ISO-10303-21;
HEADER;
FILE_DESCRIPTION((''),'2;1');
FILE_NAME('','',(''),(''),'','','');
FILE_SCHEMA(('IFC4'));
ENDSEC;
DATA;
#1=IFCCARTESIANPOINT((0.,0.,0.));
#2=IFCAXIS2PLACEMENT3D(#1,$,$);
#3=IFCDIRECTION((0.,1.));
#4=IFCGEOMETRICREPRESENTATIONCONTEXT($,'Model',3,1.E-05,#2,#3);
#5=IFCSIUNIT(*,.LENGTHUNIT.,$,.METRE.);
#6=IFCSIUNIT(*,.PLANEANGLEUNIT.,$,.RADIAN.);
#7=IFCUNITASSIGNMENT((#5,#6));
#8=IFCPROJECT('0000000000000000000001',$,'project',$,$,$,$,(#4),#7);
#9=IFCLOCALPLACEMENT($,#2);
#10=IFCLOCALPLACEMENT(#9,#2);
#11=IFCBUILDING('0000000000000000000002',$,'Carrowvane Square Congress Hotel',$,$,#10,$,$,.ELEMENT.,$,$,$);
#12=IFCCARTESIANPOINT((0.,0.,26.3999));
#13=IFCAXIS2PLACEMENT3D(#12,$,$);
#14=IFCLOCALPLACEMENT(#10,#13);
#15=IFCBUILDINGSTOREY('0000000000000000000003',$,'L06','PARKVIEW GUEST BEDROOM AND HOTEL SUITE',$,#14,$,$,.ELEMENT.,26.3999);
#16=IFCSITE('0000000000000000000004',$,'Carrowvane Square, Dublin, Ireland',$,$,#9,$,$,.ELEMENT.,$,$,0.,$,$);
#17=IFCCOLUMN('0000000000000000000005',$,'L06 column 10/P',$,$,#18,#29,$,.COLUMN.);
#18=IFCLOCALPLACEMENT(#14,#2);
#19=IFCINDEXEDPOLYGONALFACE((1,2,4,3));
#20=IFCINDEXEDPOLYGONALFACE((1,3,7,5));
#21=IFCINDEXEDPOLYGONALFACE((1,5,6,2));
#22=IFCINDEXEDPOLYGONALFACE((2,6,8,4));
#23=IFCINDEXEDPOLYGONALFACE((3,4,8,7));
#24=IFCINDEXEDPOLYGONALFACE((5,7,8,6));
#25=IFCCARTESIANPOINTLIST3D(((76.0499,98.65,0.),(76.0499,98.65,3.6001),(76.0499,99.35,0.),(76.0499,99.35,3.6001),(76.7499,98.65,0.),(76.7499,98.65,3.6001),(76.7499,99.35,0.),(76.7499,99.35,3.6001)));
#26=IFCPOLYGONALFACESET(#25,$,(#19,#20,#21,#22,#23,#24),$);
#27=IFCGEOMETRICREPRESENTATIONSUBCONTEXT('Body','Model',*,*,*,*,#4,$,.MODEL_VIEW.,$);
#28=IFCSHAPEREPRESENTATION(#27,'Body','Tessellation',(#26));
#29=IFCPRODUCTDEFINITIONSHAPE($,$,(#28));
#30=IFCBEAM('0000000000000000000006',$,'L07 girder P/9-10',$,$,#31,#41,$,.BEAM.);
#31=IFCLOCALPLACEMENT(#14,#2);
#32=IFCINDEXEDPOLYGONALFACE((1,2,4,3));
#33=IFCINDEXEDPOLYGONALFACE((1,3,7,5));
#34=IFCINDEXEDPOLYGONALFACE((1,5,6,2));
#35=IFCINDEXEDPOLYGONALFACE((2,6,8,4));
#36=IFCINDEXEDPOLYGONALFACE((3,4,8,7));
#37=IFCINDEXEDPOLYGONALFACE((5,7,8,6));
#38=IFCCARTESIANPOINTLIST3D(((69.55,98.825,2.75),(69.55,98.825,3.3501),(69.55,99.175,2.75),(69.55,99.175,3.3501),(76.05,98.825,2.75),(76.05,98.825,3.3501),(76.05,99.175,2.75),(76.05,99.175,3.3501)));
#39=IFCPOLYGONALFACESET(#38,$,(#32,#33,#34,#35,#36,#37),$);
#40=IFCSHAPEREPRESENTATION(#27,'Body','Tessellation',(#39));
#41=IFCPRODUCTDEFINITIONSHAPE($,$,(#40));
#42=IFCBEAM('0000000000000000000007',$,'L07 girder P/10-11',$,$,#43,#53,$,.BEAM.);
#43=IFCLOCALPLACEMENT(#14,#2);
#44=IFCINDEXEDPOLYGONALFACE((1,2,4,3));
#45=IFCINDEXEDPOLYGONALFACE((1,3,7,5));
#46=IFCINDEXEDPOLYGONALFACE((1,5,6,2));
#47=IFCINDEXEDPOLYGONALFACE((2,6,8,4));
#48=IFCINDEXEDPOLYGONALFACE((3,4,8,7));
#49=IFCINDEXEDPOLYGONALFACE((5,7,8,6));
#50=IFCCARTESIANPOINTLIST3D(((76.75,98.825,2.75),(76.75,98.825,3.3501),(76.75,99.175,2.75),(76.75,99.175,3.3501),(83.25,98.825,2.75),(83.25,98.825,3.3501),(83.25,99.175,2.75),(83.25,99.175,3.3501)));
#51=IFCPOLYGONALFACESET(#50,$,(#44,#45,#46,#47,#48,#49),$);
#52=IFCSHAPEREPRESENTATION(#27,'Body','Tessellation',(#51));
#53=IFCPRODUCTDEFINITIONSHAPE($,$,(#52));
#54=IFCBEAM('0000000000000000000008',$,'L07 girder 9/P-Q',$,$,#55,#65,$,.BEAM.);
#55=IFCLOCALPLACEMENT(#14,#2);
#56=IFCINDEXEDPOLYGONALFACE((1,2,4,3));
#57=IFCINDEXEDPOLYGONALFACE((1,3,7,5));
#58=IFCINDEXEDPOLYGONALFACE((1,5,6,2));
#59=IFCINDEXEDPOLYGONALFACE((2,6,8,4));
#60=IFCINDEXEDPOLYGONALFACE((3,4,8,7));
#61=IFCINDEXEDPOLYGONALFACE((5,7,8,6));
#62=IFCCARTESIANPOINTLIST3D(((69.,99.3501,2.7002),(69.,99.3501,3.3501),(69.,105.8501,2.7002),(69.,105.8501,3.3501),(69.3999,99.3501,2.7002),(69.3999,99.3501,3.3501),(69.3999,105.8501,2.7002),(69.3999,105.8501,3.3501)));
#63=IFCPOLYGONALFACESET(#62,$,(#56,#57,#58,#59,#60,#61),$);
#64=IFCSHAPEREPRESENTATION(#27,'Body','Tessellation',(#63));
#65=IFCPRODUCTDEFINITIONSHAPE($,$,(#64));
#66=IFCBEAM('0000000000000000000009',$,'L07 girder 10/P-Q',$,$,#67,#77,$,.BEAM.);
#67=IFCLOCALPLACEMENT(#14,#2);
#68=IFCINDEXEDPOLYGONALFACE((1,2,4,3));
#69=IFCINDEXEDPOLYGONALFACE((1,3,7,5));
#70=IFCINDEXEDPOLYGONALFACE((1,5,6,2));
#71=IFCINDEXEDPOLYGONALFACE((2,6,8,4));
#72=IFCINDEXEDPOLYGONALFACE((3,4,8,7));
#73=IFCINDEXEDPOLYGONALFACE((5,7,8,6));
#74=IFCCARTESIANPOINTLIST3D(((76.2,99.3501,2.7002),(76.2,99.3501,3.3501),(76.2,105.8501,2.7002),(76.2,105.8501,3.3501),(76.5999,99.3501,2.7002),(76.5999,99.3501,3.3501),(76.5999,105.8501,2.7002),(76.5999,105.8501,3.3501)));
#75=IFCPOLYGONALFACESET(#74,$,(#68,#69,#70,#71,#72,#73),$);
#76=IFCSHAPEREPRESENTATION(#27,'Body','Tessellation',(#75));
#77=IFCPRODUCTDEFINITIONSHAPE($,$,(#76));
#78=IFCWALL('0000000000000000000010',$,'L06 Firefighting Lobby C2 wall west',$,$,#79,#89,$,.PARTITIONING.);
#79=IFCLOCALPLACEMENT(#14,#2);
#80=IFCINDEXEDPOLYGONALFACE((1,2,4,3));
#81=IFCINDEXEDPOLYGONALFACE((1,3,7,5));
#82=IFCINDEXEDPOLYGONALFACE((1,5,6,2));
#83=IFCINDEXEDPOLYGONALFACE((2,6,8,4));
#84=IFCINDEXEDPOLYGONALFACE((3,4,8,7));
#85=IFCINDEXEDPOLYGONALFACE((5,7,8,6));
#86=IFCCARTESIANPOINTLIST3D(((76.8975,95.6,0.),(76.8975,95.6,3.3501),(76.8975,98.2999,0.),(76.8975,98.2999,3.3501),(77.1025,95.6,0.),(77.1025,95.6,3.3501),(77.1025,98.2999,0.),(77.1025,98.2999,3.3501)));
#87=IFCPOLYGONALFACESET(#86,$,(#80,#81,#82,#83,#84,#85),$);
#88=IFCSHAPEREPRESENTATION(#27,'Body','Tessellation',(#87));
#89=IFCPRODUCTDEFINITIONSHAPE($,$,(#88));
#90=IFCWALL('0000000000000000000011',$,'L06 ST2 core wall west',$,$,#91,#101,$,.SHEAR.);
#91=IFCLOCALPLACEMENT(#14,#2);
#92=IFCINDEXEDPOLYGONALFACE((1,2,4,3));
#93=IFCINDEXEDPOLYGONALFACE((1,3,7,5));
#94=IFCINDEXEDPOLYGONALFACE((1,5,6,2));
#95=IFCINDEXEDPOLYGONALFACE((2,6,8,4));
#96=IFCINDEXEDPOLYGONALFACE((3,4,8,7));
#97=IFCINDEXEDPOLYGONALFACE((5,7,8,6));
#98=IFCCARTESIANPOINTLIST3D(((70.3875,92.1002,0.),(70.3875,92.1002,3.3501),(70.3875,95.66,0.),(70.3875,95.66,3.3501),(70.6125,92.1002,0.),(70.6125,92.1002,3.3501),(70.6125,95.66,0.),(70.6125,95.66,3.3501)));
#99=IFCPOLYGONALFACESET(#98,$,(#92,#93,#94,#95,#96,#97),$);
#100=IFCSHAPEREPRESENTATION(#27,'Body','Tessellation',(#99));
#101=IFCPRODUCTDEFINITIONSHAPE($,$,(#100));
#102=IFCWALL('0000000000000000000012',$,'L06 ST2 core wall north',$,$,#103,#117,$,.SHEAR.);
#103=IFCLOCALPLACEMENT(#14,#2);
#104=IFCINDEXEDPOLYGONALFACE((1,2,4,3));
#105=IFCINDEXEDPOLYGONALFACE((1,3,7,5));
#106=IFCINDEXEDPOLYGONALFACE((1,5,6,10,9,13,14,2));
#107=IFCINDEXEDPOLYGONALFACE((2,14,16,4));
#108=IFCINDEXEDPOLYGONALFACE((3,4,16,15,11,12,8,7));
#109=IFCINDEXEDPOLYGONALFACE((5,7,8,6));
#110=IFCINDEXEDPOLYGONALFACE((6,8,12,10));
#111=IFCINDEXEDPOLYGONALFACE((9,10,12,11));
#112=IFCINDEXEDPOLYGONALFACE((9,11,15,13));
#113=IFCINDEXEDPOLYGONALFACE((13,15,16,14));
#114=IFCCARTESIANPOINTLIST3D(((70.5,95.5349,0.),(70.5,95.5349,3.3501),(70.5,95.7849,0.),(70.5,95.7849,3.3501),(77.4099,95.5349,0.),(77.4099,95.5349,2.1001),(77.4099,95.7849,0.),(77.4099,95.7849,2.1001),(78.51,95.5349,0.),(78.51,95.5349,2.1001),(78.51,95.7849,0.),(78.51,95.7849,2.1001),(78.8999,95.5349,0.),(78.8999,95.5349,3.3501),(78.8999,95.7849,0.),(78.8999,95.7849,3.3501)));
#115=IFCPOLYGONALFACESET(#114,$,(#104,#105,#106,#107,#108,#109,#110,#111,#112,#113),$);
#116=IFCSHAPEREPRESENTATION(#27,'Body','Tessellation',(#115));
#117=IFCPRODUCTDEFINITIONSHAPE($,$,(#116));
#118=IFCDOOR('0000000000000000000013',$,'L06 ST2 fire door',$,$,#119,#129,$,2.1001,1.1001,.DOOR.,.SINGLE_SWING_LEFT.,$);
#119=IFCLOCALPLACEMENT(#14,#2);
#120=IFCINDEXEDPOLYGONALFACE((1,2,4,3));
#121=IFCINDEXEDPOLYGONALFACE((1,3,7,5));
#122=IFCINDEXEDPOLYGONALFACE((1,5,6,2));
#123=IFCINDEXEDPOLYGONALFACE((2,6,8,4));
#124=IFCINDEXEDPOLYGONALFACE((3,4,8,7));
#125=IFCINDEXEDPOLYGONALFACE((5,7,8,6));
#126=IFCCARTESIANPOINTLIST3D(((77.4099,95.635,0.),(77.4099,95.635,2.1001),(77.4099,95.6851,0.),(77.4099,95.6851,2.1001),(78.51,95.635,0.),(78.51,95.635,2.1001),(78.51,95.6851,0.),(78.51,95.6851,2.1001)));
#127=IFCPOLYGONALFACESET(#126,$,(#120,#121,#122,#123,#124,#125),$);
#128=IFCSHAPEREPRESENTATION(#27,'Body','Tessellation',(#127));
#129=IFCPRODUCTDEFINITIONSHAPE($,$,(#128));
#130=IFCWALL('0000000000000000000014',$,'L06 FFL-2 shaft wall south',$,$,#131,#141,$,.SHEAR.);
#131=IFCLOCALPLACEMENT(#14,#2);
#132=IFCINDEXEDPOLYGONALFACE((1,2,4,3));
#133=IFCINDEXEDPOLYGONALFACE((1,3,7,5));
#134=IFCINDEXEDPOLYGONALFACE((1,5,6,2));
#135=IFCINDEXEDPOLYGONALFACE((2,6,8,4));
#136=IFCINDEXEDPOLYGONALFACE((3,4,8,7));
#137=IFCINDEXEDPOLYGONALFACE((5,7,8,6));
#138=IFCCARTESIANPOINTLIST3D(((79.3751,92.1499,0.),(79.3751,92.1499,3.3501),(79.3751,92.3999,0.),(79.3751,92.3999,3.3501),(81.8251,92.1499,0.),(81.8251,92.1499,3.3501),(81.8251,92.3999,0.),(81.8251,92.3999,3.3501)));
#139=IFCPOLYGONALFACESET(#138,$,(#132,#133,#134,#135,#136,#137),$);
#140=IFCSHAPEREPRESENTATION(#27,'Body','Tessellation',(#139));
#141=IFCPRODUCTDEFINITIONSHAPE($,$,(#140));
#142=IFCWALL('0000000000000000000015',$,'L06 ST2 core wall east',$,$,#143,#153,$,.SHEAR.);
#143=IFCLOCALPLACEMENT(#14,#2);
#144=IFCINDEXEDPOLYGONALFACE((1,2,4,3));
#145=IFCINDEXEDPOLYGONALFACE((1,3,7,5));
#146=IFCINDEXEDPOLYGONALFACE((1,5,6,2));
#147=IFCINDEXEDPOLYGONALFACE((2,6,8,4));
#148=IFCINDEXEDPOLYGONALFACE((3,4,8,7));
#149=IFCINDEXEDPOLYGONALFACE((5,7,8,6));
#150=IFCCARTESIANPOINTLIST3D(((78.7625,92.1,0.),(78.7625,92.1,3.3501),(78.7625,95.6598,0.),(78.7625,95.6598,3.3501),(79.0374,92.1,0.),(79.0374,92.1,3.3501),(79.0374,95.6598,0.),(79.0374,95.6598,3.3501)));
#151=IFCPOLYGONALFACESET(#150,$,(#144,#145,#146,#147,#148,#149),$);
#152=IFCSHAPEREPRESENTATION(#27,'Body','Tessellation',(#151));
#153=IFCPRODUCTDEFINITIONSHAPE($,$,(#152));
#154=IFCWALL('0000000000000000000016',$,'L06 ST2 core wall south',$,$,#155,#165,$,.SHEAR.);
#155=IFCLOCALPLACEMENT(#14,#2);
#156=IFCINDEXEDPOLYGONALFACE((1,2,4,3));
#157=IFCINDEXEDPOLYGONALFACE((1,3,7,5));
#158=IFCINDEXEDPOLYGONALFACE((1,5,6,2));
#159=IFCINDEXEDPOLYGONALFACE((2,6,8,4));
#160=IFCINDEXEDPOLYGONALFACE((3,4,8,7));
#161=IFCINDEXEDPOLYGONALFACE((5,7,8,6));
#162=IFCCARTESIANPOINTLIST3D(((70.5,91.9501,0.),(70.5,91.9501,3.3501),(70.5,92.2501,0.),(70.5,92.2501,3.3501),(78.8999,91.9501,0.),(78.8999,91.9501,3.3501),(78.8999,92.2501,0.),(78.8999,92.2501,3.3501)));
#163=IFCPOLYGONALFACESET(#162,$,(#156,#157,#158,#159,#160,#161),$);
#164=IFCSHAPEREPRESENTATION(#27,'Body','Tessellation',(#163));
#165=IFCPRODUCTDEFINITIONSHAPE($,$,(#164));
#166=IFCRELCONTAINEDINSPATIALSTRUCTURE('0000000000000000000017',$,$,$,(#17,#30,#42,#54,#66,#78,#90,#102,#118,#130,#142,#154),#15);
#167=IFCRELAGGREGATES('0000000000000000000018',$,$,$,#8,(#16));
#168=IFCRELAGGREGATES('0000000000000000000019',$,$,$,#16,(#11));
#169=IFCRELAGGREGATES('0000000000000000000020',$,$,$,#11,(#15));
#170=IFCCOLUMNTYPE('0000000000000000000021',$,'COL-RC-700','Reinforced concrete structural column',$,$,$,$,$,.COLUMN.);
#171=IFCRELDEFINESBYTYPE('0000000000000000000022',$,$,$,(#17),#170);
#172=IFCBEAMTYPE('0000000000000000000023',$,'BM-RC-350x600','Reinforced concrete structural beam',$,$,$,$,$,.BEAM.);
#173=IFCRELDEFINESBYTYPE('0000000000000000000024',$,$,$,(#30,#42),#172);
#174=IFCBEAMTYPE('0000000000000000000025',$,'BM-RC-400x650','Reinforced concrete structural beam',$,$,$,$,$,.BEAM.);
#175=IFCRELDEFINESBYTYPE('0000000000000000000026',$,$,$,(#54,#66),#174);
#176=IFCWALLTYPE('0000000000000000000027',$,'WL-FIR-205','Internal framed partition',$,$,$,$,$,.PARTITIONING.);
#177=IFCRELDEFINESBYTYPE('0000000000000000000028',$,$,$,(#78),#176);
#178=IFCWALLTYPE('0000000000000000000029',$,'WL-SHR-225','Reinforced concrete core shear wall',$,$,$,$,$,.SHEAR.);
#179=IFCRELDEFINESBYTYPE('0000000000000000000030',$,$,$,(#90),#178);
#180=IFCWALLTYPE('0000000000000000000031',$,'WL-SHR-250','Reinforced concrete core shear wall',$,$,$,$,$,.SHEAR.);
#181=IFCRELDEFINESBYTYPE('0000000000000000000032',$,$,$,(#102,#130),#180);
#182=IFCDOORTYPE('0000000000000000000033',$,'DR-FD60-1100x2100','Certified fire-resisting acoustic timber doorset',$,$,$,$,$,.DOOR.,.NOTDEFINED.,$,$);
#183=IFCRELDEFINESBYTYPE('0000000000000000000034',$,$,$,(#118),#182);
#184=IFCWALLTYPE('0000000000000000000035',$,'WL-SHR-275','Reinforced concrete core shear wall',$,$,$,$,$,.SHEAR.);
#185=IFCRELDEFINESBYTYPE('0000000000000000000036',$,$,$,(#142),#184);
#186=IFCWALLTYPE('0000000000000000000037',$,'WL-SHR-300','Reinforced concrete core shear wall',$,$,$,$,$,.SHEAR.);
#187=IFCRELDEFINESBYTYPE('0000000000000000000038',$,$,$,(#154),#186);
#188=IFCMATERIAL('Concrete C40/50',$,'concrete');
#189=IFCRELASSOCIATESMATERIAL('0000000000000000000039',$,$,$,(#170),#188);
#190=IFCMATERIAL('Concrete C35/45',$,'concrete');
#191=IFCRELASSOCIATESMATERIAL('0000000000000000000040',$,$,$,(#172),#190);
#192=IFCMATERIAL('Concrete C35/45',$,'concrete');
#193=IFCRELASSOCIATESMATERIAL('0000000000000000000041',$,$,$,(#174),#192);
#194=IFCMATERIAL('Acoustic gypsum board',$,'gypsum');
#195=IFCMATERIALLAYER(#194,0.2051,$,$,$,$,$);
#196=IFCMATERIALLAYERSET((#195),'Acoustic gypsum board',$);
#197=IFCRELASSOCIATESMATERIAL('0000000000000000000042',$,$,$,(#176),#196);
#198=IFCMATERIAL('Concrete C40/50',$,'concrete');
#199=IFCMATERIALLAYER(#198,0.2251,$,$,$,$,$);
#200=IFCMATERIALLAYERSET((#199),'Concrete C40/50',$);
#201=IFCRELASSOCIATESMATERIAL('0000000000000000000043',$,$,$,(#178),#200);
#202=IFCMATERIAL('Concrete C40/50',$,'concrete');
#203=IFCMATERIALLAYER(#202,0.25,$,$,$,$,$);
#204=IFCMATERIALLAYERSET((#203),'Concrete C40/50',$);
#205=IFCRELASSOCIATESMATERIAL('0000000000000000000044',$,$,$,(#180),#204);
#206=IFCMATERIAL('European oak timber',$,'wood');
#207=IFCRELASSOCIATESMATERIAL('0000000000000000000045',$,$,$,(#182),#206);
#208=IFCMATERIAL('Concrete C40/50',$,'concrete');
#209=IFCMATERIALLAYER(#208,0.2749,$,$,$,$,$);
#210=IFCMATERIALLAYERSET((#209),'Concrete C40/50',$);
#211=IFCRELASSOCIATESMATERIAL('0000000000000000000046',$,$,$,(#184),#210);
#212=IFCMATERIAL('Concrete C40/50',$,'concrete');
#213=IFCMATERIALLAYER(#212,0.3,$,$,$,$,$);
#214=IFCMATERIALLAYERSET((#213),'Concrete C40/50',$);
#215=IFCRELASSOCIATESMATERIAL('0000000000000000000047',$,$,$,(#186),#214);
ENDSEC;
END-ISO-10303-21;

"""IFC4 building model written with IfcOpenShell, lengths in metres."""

from ifc_helpers import new_model, si_unit, direction, frame, frame_2d, origin, origin_2d, place, context, subcontext, project, spatial, rectangle, extrude, material, layer, layer_set, material_profile, profile_set, type_object, element, fill, save


model = new_model("IFC4")

# Units and contexts
model_context = context("Model", 3, precision=1e-05, world=origin(), true_north=direction((0.0, 1.0)))
body_context = subcontext(model_context, "Body", "Model", "MODEL_VIEW")
ifc_project = project(units=[si_unit("LENGTHUNIT", "METRE"), si_unit("PLANEANGLEUNIT", "RADIAN")], contexts=[model_context])

# Site, building, storey
site_placement = place(None, origin())
site = spatial("IfcSite", under=ifc_project, at=site_placement, Name="Carrowvane Square, Dublin, Ireland", CompositionType="ELEMENT", RefElevation=0.0)
building_placement = place(site_placement, origin())
building = spatial("IfcBuilding", under=site, at=building_placement, Name="Carrowvane Square Congress Hotel", CompositionType="ELEMENT")
storey_placement = place(building_placement, frame((0.0, 0.0, 26.3999)))
storey = spatial("IfcBuildingStorey", under=building, at=storey_placement, Name="L06", Description="PARKVIEW GUEST BEDROOM AND HOTEL SUITE", CompositionType="ELEMENT", Elevation=26.3999)

# Column
ifc_material_1 = material(Name="Concrete C40/50", Category="concrete")
ifc_material_profile_1 = material_profile(ifc_material_1, rectangle(XDim=0.7, YDim=0.7, at=origin_2d()), Name="RC 700x700")
ifc_profile_set_1 = profile_set([ifc_material_profile_1], Name="Concrete C40/50")
column_type = type_object("IfcColumnType", Name="COL-RC-700", Description="Reinforced concrete structural column", PredefinedType="COLUMN", material=ifc_profile_set_1)
column_placement = place(storey_placement, frame((76.3999, 99.0, 0.0), z_axis=(0.0, 0.0, 1.0), x_axis=(1.0, 0.0, 0.0)))
element("IfcColumn", 1, at=column_placement, inside=storey, type_object=column_type, Name="L06 column 10/P", PredefinedType="COLUMN", context=body_context, shape_type="SweptSolid", body=[
    extrude(rectangle(XDim=0.7, YDim=0.7, at=origin_2d()), origin(), (0.0, 0.0, 1.0), 3.6001),
])

# Beams
ifc_material_2 = material(Name="Concrete C35/45", Category="concrete")
ifc_material_profile_2 = material_profile(ifc_material_2, rectangle(XDim=0.3501, YDim=0.6001, at=origin_2d()), Name="RC 350x600")
ifc_profile_set_2 = profile_set([ifc_material_profile_2], Name="Concrete C35/45")
beam_type_1 = type_object("IfcBeamType", Name="BM-RC-350x600", Description="Reinforced concrete structural beam", PredefinedType="BEAM", material=ifc_profile_set_2)
for number, where, z_axis, x_axis, name in (
    (2, (69.55, 99.0, 3.05), (1.0, 0.0, 0.0), (0.0, 1.0, 0.0), "L07 girder P/9-10"),
    (3, (76.75, 99.0, 3.05), (1.0, 0.0, 0.0), (0.0, 1.0, 0.0), "L07 girder P/10-11"),
):
    element("IfcBeam", number, at=place(storey_placement, frame(where, z_axis=z_axis, x_axis=x_axis)), inside=storey, type_object=beam_type_1, Name=name, PredefinedType="BEAM", context=body_context, shape_type="SweptSolid", body=[
        extrude(rectangle(XDim=0.3501, YDim=0.6001, at=origin_2d()), origin(), (0.0, 0.0, 1.0), 6.5),
    ])
ifc_material_3 = material(Name="Concrete C35/45", Category="concrete")
ifc_material_profile_3 = material_profile(ifc_material_3, rectangle(XDim=0.3999, YDim=0.6499, at=origin_2d()), Name="RC 400x650")
ifc_profile_set_3 = profile_set([ifc_material_profile_3], Name="Concrete C35/45")
beam_type_2 = type_object("IfcBeamType", Name="BM-RC-400x650", Description="Reinforced concrete structural beam", PredefinedType="BEAM", material=ifc_profile_set_3)
for number, where, z_axis, x_axis, name in (
    (4, (69.2, 99.3501, 3.0251), (0.0, 1.0, 0.0), (-1.0, 0.0, 0.0), "L07 girder 9/P-Q"),
    (5, (76.3999, 99.3501, 3.0251), (0.0, 1.0, 0.0), (-1.0, 0.0, 0.0), "L07 girder 10/P-Q"),
):
    element("IfcBeam", number, at=place(storey_placement, frame(where, z_axis=z_axis, x_axis=x_axis)), inside=storey, type_object=beam_type_2, Name=name, PredefinedType="BEAM", context=body_context, shape_type="SweptSolid", body=[
        extrude(rectangle(XDim=0.3999, YDim=0.6499, at=origin_2d()), origin(), (0.0, 0.0, 1.0), 6.5),
    ])

# Walls
ifc_material_4 = material(Name="Acoustic gypsum board", Category="gypsum")
ifc_layer_1 = layer(ifc_material_4, 0.2051)
ifc_layer_set_1 = layer_set([ifc_layer_1], Name="Acoustic gypsum board")
wall_type_1 = type_object("IfcWallType", Name="WL-FIR-205", Description="Internal framed partition", PredefinedType="PARTITIONING", material=ifc_layer_set_1)
wall_1_placement = place(storey_placement, frame((77.0, 98.3, 0.0), z_axis=(0.0, 0.0, 1.0), x_axis=(0.0, -1.0, 0.0)))
element("IfcWall", 6, at=wall_1_placement, inside=storey, type_object=wall_type_1, Name="L06 Firefighting Lobby C2 wall west", PredefinedType="PARTITIONING", context=body_context, shape_type="SweptSolid", body=[
    extrude(rectangle(XDim=2.7, YDim=0.2051, at=frame_2d((1.3501, 0.0))), origin(), (0.0, 0.0, 1.0), 3.3501),
])
ifc_material_5 = material(Name="Concrete C40/50", Category="concrete")
ifc_layer_2 = layer(ifc_material_5, 0.2251)
ifc_layer_set_2 = layer_set([ifc_layer_2], Name="Concrete C40/50")
wall_type_2 = type_object("IfcWallType", Name="WL-SHR-225", Description="Reinforced concrete core shear wall", PredefinedType="SHEAR", material=ifc_layer_set_2)
wall_2_placement = place(storey_placement, frame((70.5, 95.6599, 0.0), z_axis=(0.0, 0.0, 1.0), x_axis=(0.0, -1.0, 0.0)))
element("IfcWall", 7, at=wall_2_placement, inside=storey, type_object=wall_type_2, Name="L06 ST2 core wall west", PredefinedType="SHEAR", context=body_context, shape_type="SweptSolid", body=[
    extrude(rectangle(XDim=3.5598, YDim=0.2251, at=frame_2d((1.7798, 0.0))), origin(), (0.0, 0.0, 1.0), 3.3501),
])

# Wall, opening, door
ifc_material_6 = material(Name="Concrete C40/50", Category="concrete")
ifc_layer_3 = layer(ifc_material_6, 0.25)
ifc_layer_set_3 = layer_set([ifc_layer_3], Name="Concrete C40/50")
wall_type_3 = type_object("IfcWallType", Name="WL-SHR-250", Description="Reinforced concrete core shear wall", PredefinedType="SHEAR", material=ifc_layer_set_3)
wall_3_placement = place(storey_placement, frame((78.8999, 95.6599, 0.0), z_axis=(0.0, 0.0, 1.0), x_axis=(-1.0, 0.0, 0.0)))
wall_3 = element("IfcWall", 8, at=wall_3_placement, inside=storey, type_object=wall_type_3, Name="L06 ST2 core wall north", PredefinedType="SHEAR", context=body_context, shape_type="SweptSolid", body=[
    extrude(rectangle(XDim=8.3999, YDim=0.25, at=frame_2d((4.2, 0.0))), origin(), (0.0, 0.0, 1.0), 3.3501),
])
opening_placement = place(wall_3_placement, frame((0.3899, 0.0, 0.0)))
opening = element("IfcOpeningElement", 9, at=opening_placement, cuts=wall_3, PredefinedType="OPENING", context=body_context, shape_type="SweptSolid", body=[
    extrude(rectangle(XDim=1.1001, YDim=2.1001, at=frame_2d((0.55, 1.05))), frame((0.0, 0.135, 0.0), z_axis=(0.0, -1.0, 0.0), x_axis=(1.0, 0.0, 0.0)), (0.0, 0.0, 1.0), 0.27),
])
ifc_material_7 = material(Name="European oak timber", Category="wood")
door_type = type_object("IfcDoorType", Name="DR-FD60-1100x2100", Description="Certified fire-resisting acoustic timber doorset", OperationType="NOTDEFINED", PredefinedType="DOOR", material=ifc_material_7)
door_placement = place(opening_placement, origin())
door = element("IfcDoor", 10, at=door_placement, inside=storey, type_object=door_type, Name="L06 ST2 fire door", OperationType="SINGLE_SWING_LEFT", OverallHeight=2.1001, OverallWidth=1.1001, PredefinedType="DOOR", context=body_context, shape_type="SweptSolid", body=[
    extrude(rectangle(XDim=1.1001, YDim=2.1001, at=frame_2d((0.55, 1.05))), frame((0.0, 0.0249, 0.0), z_axis=(0.0, -1.0, 0.0), x_axis=(1.0, 0.0, 0.0)), (0.0, 0.0, 1.0), 0.05),
])
fill(opening, door)

# Walls
wall_4_placement = place(storey_placement, frame((79.375, 92.2749, 0.0), z_axis=(0.0, 0.0, 1.0), x_axis=(1.0, 0.0, 0.0)))
element("IfcWall", 11, at=wall_4_placement, inside=storey, type_object=wall_type_3, Name="L06 FFL-2 shaft wall south", PredefinedType="SHEAR", context=body_context, shape_type="SweptSolid", body=[
    extrude(rectangle(XDim=2.45, YDim=0.25, at=frame_2d((1.2251, 0.0))), origin(), (0.0, 0.0, 1.0), 3.3501),
])
ifc_material_8 = material(Name="Concrete C40/50", Category="concrete")
ifc_layer_4 = layer(ifc_material_8, 0.2749)
ifc_layer_set_4 = layer_set([ifc_layer_4], Name="Concrete C40/50")
wall_type_4 = type_object("IfcWallType", Name="WL-SHR-275", Description="Reinforced concrete core shear wall", PredefinedType="SHEAR", material=ifc_layer_set_4)
wall_5_placement = place(storey_placement, frame((78.8999, 92.1001, 0.0), z_axis=(0.0, 0.0, 1.0), x_axis=(0.0, 1.0, 0.0)))
element("IfcWall", 12, at=wall_5_placement, inside=storey, type_object=wall_type_4, Name="L06 ST2 core wall east", PredefinedType="SHEAR", context=body_context, shape_type="SweptSolid", body=[
    extrude(rectangle(XDim=3.5598, YDim=0.2749, at=frame_2d((1.7798, 0.0))), origin(), (0.0, 0.0, 1.0), 3.3501),
])
ifc_material_9 = material(Name="Concrete C40/50", Category="concrete")
ifc_layer_5 = layer(ifc_material_9, 0.3)
ifc_layer_set_5 = layer_set([ifc_layer_5], Name="Concrete C40/50")
wall_type_5 = type_object("IfcWallType", Name="WL-SHR-300", Description="Reinforced concrete core shear wall", PredefinedType="SHEAR", material=ifc_layer_set_5)
wall_6_placement = place(storey_placement, frame((70.5, 92.1001, 0.0), z_axis=(0.0, 0.0, 1.0), x_axis=(1.0, 0.0, 0.0)))
element("IfcWall", 13, at=wall_6_placement, inside=storey, type_object=wall_type_5, Name="L06 ST2 core wall south", PredefinedType="SHEAR", context=body_context, shape_type="SweptSolid", body=[
    extrude(rectangle(XDim=8.3999, YDim=0.3, at=frame_2d((4.2, 0.0))), origin(), (0.0, 0.0, 1.0), 3.3501),
])

save(model, "model.ifc")
